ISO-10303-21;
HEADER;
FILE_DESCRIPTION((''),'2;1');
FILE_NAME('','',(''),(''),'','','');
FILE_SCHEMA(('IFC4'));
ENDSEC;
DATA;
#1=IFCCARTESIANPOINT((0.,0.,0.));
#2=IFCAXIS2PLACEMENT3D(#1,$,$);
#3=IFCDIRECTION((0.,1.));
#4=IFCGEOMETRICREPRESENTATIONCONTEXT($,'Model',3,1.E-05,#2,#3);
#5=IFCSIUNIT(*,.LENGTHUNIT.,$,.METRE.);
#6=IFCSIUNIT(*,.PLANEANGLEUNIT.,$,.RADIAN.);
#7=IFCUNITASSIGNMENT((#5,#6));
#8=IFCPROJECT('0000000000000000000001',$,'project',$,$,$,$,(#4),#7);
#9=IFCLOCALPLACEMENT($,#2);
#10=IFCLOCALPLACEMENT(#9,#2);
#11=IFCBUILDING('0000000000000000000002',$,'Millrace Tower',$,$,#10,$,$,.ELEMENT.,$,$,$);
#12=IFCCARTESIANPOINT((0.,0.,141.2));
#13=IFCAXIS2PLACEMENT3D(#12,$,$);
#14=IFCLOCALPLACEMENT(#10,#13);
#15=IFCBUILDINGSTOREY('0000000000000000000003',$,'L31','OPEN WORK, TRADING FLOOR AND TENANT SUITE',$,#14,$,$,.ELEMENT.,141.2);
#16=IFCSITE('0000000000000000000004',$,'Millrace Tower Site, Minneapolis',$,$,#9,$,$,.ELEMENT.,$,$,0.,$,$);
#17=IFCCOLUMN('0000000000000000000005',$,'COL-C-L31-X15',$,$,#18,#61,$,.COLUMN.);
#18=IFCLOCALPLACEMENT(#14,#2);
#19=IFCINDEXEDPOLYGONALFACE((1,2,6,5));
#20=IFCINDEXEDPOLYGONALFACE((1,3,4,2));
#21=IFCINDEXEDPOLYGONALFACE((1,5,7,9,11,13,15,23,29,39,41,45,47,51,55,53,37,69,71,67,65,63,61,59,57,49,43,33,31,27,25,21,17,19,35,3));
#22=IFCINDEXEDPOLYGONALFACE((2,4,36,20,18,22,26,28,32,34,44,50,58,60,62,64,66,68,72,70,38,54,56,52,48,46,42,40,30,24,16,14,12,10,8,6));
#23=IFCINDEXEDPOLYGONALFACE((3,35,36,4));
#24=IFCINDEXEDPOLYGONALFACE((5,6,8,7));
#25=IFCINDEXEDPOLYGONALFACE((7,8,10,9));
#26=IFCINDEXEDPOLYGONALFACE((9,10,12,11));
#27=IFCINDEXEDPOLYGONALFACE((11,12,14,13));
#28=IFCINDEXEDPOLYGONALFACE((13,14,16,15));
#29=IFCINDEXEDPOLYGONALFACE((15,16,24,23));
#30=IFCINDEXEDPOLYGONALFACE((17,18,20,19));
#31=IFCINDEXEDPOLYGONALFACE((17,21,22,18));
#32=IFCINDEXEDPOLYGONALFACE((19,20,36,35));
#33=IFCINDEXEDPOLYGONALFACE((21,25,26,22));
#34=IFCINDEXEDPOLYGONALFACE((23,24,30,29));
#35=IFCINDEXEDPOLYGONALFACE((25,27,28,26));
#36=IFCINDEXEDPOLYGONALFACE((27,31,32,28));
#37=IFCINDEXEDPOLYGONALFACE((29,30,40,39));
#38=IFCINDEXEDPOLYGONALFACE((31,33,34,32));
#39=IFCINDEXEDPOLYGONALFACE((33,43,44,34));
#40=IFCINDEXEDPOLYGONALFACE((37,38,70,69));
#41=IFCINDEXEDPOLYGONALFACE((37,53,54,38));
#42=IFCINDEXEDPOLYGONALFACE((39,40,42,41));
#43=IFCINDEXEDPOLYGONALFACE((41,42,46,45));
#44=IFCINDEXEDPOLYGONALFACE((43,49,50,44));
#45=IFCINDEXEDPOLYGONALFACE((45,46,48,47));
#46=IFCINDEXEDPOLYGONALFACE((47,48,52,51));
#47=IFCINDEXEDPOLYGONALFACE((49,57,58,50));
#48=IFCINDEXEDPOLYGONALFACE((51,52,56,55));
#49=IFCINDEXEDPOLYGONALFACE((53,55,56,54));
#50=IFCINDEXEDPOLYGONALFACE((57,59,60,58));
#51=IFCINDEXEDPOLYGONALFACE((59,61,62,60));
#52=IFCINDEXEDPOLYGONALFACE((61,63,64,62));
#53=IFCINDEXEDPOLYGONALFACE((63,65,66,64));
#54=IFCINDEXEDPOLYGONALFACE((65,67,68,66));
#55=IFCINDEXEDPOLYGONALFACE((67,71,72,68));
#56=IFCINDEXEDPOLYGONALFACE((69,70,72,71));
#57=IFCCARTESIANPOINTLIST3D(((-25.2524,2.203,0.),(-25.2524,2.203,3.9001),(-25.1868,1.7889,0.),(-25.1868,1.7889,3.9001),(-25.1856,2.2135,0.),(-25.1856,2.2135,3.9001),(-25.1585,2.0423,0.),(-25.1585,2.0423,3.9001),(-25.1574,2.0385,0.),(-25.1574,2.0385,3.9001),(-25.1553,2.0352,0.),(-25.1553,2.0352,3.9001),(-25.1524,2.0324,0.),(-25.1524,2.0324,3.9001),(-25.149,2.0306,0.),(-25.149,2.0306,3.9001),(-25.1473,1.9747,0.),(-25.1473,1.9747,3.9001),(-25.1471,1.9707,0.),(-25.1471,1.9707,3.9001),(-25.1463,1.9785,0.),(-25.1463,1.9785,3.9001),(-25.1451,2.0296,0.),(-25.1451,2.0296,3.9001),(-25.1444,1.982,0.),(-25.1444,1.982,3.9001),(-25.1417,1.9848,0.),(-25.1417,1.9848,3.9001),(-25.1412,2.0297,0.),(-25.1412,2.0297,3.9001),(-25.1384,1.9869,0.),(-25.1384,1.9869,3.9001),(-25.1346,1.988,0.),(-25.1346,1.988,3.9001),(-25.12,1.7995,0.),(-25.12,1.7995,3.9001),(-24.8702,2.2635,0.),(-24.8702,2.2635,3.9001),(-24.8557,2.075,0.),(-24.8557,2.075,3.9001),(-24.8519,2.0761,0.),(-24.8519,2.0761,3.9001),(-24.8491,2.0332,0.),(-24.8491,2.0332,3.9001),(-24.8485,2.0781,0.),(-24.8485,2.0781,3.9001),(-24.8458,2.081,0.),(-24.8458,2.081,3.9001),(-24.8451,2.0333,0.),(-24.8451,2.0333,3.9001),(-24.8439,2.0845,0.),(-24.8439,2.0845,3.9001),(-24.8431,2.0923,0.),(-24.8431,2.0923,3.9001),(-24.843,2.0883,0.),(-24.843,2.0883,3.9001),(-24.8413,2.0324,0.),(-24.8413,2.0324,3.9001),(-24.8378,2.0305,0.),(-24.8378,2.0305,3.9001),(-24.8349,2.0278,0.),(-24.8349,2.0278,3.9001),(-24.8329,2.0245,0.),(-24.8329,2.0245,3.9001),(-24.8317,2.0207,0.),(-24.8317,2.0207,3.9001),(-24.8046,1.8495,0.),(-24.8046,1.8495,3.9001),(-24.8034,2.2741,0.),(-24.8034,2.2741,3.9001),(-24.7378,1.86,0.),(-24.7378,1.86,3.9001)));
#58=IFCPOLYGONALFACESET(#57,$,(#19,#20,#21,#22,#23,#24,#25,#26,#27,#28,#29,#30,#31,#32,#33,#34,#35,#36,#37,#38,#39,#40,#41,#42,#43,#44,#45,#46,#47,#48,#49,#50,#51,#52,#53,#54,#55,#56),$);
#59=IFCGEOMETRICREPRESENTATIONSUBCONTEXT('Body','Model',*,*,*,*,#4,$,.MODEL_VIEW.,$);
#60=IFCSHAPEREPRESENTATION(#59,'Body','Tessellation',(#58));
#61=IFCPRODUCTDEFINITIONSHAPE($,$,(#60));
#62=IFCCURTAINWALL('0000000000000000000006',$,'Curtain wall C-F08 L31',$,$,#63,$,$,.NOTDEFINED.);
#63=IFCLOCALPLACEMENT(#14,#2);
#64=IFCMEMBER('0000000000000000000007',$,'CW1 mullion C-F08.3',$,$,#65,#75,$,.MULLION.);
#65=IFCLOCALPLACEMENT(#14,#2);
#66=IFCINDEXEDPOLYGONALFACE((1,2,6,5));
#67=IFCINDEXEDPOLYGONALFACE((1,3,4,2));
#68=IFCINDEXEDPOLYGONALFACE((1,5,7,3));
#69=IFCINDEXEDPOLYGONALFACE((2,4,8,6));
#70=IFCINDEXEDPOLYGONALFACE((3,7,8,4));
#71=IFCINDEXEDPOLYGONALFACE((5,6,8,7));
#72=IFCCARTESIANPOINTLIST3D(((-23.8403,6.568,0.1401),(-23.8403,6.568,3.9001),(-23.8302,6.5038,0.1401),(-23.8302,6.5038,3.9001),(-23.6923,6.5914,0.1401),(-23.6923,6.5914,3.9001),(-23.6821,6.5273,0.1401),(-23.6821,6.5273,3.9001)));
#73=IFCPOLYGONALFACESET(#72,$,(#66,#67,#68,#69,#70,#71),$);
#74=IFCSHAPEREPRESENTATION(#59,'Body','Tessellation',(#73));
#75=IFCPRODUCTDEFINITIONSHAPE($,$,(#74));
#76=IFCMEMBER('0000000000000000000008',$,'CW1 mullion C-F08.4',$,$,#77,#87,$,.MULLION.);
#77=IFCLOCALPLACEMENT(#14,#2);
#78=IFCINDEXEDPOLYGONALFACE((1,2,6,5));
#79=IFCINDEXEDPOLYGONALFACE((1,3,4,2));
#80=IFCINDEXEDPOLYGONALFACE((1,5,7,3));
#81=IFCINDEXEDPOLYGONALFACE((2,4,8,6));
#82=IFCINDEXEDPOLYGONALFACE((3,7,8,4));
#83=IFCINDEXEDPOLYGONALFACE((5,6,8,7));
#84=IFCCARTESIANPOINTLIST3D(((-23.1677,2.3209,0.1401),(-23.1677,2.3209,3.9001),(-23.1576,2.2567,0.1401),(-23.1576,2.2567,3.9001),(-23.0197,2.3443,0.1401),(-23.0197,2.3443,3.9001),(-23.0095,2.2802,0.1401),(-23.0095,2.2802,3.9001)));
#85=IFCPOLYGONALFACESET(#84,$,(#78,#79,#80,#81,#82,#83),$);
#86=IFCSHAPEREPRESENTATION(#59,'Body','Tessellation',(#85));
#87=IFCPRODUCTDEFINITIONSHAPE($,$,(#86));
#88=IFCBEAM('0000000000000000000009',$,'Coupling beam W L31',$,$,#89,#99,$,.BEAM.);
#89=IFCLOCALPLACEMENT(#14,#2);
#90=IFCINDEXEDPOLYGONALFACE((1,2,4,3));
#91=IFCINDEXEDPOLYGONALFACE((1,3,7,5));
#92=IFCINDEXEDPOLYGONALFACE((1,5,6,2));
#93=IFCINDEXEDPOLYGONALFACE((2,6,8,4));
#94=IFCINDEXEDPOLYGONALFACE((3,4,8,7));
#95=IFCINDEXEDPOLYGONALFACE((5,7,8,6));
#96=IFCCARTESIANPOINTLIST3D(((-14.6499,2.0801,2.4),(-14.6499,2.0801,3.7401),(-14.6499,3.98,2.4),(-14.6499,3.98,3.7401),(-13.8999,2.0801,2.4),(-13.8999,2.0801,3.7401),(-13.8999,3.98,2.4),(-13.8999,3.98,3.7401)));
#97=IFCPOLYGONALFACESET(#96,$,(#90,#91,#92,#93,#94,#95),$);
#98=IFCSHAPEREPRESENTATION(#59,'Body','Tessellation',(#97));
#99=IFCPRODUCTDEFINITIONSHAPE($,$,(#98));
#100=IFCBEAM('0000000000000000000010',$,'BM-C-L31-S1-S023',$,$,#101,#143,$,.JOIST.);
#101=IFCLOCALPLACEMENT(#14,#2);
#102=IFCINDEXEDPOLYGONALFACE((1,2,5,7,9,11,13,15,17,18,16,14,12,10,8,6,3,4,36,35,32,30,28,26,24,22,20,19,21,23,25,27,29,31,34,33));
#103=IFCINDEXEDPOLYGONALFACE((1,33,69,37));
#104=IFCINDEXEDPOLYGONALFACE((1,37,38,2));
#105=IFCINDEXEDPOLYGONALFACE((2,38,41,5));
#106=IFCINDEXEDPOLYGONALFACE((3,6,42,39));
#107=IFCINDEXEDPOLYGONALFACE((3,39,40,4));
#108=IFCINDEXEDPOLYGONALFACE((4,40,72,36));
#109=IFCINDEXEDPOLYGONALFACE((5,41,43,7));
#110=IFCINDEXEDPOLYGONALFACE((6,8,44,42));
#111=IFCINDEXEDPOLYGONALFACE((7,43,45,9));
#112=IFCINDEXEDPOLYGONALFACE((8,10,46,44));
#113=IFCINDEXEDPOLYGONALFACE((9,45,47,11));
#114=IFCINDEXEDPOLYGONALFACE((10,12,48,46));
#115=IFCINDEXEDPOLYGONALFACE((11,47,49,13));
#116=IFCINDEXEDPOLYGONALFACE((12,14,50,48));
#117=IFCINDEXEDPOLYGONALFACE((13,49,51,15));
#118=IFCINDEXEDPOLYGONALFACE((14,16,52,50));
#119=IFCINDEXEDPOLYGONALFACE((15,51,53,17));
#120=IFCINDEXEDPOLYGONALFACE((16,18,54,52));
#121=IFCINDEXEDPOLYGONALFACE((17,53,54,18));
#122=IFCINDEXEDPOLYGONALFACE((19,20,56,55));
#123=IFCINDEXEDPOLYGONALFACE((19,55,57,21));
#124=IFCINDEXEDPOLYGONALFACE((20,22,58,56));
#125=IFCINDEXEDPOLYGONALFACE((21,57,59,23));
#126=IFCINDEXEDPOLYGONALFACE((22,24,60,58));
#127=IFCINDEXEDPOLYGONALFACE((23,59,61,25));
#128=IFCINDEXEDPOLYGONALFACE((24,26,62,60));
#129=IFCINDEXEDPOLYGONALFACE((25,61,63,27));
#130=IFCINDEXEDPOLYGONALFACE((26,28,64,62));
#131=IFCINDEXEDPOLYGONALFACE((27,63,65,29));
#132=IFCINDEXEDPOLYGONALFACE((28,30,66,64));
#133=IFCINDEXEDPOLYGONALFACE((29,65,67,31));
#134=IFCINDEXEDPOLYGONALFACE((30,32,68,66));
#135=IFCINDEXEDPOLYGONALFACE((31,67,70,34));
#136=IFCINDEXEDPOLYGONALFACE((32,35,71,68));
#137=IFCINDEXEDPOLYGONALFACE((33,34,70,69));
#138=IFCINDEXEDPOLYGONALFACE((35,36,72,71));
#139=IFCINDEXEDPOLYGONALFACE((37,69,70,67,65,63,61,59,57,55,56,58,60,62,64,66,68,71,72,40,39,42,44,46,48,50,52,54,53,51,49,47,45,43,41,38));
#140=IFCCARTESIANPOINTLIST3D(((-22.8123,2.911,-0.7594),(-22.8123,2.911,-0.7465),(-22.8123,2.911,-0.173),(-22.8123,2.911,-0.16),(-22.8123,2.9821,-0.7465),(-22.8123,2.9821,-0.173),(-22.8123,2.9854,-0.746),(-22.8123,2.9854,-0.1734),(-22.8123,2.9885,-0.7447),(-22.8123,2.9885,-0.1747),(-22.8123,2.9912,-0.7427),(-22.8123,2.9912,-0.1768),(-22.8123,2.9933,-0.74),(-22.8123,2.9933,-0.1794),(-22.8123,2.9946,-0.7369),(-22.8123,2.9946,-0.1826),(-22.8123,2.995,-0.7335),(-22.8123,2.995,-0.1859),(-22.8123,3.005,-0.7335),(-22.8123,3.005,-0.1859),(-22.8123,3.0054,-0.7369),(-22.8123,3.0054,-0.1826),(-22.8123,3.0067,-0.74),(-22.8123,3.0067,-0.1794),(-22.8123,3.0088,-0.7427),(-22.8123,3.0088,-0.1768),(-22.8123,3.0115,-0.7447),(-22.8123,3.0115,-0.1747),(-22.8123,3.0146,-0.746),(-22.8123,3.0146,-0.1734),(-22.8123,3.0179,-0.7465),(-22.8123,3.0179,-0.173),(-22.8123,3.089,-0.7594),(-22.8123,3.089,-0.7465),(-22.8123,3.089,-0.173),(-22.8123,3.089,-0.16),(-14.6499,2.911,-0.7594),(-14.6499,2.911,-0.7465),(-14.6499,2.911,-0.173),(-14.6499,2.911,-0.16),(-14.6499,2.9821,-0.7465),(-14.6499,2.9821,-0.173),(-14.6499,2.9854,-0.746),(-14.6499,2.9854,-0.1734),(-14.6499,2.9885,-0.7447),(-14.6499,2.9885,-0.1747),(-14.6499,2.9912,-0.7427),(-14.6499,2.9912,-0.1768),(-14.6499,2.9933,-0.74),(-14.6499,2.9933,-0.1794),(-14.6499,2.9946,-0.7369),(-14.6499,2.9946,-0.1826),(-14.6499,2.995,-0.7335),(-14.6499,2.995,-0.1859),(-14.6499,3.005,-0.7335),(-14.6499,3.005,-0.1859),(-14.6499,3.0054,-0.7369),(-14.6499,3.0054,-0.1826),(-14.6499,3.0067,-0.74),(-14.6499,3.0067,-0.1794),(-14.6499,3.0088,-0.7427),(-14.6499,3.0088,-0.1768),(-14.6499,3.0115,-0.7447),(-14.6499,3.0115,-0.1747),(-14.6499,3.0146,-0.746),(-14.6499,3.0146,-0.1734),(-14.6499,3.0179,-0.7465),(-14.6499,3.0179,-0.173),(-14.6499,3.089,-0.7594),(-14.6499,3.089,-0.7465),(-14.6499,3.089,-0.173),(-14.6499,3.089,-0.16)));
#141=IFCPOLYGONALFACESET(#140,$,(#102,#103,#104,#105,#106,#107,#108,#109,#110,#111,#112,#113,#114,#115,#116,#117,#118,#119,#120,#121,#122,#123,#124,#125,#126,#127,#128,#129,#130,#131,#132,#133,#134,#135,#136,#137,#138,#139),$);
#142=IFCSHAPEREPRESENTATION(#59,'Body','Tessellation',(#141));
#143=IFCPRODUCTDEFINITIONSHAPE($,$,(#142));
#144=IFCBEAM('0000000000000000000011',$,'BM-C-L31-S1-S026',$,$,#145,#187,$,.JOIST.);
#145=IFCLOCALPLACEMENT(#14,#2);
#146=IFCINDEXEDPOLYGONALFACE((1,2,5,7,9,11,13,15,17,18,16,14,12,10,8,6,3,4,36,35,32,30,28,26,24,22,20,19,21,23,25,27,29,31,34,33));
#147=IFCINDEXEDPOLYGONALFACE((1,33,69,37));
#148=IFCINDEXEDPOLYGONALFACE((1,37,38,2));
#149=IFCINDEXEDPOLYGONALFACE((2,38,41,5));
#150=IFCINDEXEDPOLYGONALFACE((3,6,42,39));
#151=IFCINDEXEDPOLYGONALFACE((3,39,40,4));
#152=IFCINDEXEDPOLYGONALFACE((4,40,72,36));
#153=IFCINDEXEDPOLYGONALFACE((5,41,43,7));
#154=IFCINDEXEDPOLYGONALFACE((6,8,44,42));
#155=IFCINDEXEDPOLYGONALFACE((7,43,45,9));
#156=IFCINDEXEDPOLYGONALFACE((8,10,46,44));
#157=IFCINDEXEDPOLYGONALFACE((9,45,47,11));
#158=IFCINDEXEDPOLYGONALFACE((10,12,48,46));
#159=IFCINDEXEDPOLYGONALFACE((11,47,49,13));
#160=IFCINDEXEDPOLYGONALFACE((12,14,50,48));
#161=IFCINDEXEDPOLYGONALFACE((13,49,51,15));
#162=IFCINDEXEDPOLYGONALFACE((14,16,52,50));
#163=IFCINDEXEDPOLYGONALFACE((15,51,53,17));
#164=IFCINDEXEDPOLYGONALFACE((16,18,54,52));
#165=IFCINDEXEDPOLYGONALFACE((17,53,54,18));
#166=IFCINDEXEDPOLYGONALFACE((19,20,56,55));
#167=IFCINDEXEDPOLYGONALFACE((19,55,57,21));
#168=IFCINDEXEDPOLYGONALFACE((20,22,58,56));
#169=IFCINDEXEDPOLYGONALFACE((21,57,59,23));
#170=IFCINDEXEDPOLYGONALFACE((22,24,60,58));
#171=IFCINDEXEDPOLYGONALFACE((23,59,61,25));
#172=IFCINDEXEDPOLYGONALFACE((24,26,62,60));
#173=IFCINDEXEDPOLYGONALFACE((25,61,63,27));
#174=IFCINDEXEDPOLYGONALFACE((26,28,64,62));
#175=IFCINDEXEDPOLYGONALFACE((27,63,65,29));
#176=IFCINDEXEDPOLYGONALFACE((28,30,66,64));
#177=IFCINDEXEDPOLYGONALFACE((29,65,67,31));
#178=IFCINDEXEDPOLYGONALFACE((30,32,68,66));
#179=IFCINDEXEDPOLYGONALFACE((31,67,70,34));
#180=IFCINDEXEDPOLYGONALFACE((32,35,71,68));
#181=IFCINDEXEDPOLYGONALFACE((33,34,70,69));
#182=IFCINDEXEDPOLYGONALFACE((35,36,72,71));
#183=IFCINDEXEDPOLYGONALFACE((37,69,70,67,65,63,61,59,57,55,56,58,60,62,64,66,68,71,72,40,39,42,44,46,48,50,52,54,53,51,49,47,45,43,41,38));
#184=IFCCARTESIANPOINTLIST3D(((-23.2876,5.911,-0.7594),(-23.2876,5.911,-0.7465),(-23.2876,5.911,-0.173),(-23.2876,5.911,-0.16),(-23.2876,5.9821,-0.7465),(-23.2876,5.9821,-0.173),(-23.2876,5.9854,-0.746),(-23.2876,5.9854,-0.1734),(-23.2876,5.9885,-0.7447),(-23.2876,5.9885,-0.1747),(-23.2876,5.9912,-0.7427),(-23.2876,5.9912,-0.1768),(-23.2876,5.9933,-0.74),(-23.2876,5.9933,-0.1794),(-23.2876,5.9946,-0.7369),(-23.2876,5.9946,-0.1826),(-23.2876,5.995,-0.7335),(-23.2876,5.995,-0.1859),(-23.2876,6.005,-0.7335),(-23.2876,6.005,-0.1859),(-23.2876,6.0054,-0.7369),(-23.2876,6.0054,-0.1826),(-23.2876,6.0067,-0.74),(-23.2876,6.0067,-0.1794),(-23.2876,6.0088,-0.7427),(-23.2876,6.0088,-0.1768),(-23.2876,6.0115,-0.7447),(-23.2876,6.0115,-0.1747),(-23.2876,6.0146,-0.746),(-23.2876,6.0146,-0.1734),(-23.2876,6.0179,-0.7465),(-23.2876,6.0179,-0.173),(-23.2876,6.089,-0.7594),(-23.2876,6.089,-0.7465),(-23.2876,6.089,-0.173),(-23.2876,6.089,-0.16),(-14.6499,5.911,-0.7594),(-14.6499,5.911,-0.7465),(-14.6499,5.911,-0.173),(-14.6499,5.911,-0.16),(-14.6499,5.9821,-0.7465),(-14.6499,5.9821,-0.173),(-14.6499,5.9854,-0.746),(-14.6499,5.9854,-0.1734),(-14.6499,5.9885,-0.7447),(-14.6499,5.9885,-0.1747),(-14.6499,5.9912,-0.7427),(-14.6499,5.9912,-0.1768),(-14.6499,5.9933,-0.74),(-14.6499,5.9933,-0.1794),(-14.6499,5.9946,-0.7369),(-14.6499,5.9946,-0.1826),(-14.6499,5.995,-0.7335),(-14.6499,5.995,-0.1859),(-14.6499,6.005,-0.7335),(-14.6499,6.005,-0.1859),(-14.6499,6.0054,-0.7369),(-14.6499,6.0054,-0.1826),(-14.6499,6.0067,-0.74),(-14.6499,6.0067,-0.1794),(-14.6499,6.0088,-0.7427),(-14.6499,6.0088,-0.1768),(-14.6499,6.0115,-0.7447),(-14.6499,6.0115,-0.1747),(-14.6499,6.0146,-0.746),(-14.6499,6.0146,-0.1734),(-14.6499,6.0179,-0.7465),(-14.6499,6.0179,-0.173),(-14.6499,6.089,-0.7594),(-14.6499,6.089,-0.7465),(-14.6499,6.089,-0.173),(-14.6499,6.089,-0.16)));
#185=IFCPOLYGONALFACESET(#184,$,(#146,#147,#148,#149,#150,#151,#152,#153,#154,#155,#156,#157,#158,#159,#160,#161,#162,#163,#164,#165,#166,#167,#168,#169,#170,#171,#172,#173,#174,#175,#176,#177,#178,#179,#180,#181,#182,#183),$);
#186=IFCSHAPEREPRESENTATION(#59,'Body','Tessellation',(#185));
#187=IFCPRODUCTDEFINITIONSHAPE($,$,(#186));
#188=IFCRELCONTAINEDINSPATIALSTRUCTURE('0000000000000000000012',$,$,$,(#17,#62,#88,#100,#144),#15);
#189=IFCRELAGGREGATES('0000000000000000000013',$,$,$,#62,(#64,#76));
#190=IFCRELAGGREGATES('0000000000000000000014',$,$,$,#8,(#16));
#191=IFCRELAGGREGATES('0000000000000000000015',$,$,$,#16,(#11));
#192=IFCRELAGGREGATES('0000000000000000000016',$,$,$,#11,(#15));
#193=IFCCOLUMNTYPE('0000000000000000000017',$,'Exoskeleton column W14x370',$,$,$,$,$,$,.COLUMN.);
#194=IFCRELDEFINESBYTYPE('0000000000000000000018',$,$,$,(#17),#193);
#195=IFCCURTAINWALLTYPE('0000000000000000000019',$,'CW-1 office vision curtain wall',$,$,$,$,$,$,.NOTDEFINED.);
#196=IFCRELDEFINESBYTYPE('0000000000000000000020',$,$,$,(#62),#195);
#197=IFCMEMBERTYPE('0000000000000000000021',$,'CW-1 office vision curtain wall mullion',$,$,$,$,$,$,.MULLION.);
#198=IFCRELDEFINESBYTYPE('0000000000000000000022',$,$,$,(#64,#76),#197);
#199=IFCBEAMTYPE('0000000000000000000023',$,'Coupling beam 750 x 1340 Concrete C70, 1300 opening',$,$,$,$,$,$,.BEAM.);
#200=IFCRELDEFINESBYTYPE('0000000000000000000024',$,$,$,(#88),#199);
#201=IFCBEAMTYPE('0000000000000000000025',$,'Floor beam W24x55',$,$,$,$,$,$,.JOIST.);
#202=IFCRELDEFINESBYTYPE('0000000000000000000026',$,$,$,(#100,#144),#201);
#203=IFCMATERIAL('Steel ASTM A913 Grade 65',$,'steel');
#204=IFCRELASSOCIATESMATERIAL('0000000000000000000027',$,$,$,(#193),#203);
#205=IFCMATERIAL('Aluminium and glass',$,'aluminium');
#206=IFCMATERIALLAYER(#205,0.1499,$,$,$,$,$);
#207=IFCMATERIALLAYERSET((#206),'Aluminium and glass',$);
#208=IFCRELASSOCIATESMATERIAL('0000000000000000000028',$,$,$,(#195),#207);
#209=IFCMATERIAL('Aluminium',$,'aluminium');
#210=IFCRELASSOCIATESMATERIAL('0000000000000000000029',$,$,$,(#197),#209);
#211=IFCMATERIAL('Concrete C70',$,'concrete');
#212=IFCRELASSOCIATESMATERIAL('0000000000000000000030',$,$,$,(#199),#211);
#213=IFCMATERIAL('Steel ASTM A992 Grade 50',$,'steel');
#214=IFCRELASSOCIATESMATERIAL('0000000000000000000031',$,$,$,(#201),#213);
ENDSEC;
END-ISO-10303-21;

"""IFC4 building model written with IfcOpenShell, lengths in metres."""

from ifc_helpers import new_model, si_unit, direction, frame, origin, origin_2d, place, context, subcontext, project, spatial, rectangle, i_section, extrude, material, layer, layer_set, material_profile, profile_set, type_object, element, aggregate, save


model = new_model("IFC4")

# Units and contexts
model_context = context("Model", 3, precision=1e-05, world=origin(), true_north=direction((0.0, 1.0)))
body_context = subcontext(model_context, "Body", "Model", "MODEL_VIEW")
ifc_project = project(units=[si_unit("LENGTHUNIT", "METRE"), si_unit("PLANEANGLEUNIT", "RADIAN")], contexts=[model_context])

# Site, building, storey
site_placement = place(None, origin())
site = spatial("IfcSite", under=ifc_project, at=site_placement, Name="Millrace Tower Site, Minneapolis", CompositionType="ELEMENT", RefElevation=0.0)
building_placement = place(site_placement, origin())
building = spatial("IfcBuilding", under=site, at=building_placement, Name="Millrace Tower", CompositionType="ELEMENT")
storey_placement = place(building_placement, frame((0.0, 0.0, 141.2)))
storey = spatial("IfcBuildingStorey", under=building, at=storey_placement, Name="L31", Description="OPEN WORK, TRADING FLOOR AND TENANT SUITE", CompositionType="ELEMENT", Elevation=141.2)

# Column
ifc_material_1 = material(Name="Steel ASTM A913 Grade 65", Category="steel")
ifc_material_profile_1 = material_profile(ifc_material_1, i_section(OverallWidth=0.4192, OverallDepth=0.4546, WebThickness=0.0422, FlangeThickness=0.0676, FilletRadius=0.0151, at=origin_2d()))
ifc_profile_set_1 = profile_set([ifc_material_profile_1], Name="Steel ASTM A913 Grade 65")
column_type = type_object("IfcColumnType", Name="Exoskeleton column W14x370", PredefinedType="COLUMN", material=ifc_profile_set_1)
column_placement = place(storey_placement, frame((-24.9951, 2.0315, 0.0), z_axis=(0.0, 0.0, 1.0), x_axis=(0.156434, -0.987688, 0.0)))
element("IfcColumn", 1, at=column_placement, inside=storey, type_object=column_type, Name="COL-C-L31-X15", PredefinedType="COLUMN", context=body_context, shape_type="SweptSolid", body=[
    extrude(i_section(OverallWidth=0.4192, OverallDepth=0.4546, WebThickness=0.0422, FlangeThickness=0.0676, FilletRadius=0.0151, at=origin_2d()), origin(), (0.0, 0.0, 1.0), 3.9001),
])

# Curtain wall, members
ifc_material_2 = material(Name="Aluminium and glass", Category="aluminium")
ifc_layer_1 = layer(ifc_material_2, 0.1499)
ifc_layer_set_1 = layer_set([ifc_layer_1], Name="Aluminium and glass")
curtain_wall_type = type_object("IfcCurtainWallType", Name="CW-1 office vision curtain wall", PredefinedType="NOTDEFINED", material=ifc_layer_set_1)
placement = place(storey_placement, origin())
curtain_wall = element("IfcCurtainWall", 2, at=placement, inside=storey, type_object=curtain_wall_type, Name="Curtain wall C-F08 L31", PredefinedType="NOTDEFINED")
ifc_material_3 = material(Name="Aluminium", Category="aluminium")
ifc_material_profile_2 = material_profile(ifc_material_3, rectangle(XDim=0.0649, YDim=0.1499, at=origin_2d()))
ifc_profile_set_2 = profile_set([ifc_material_profile_2], Name="Aluminium")
member_type = type_object("IfcMemberType", Name="CW-1 office vision curtain wall mullion", PredefinedType="MULLION", material=ifc_profile_set_2)
member_1_placement = place(storey_placement, frame((-23.7612, 6.5476, 0.1401), z_axis=(0.0, 0.0, 1.0), x_axis=(0.156434, -0.987688, 0.0)))
member_1 = element("IfcMember", 3, at=member_1_placement, type_object=member_type, Name="CW1 mullion C-F08.3", PredefinedType="MULLION", context=body_context, shape_type="SweptSolid", body=[
    extrude(rectangle(XDim=0.0649, YDim=0.1499, at=origin_2d()), origin(), (0.0, 0.0, 1.0), 3.76),
])
member_2_placement = place(storey_placement, frame((-23.0886, 2.3005, 0.1401), z_axis=(0.0, 0.0, 1.0), x_axis=(0.156434, -0.987688, 0.0)))
member_2 = element("IfcMember", 4, at=member_2_placement, type_object=member_type, Name="CW1 mullion C-F08.4", PredefinedType="MULLION", context=body_context, shape_type="SweptSolid", body=[
    extrude(rectangle(XDim=0.0649, YDim=0.1499, at=origin_2d()), origin(), (0.0, 0.0, 1.0), 3.76),
])
aggregate(curtain_wall, [member_1, member_2])

# Beams
ifc_material_4 = material(Name="Concrete C70", Category="concrete")
ifc_material_profile_3 = material_profile(ifc_material_4, rectangle(XDim=0.75, YDim=1.3401, at=origin_2d()))
ifc_profile_set_3 = profile_set([ifc_material_profile_3], Name="Concrete C70")
beam_type_1 = type_object("IfcBeamType", Name="Coupling beam 750 x 1340 Concrete C70, 1300 opening", PredefinedType="BEAM", material=ifc_profile_set_3)
beam_1_placement = place(storey_placement, frame((-14.2749, 2.0801, 3.0701), z_axis=(0.0, 1.0, 0.0), x_axis=(-1.0, 0.0, 0.0)))
element("IfcBeam", 5, at=beam_1_placement, inside=storey, type_object=beam_type_1, Name="Coupling beam W L31", PredefinedType="BEAM", context=body_context, shape_type="SweptSolid", body=[
    extrude(rectangle(XDim=0.75, YDim=1.3401, at=origin_2d()), origin(), (0.0, 0.0, 1.0), 1.8999),
])
ifc_material_5 = material(Name="Steel ASTM A992 Grade 50", Category="steel")
ifc_material_profile_4 = material_profile(ifc_material_5, i_section(OverallWidth=0.178, OverallDepth=0.5994, WebThickness=0.01, FlangeThickness=0.0129, FilletRadius=0.0129, at=origin_2d()))
ifc_profile_set_4 = profile_set([ifc_material_profile_4], Name="Steel ASTM A992 Grade 50")
beam_type_2 = type_object("IfcBeamType", Name="Floor beam W24x55", PredefinedType="JOIST", material=ifc_profile_set_4)
beam_2_placement = place(storey_placement, frame((-22.8123, 3.0, -0.4597), z_axis=(1.0, 0.0, 0.0), x_axis=(0.0, 1.0, 0.0)))
element("IfcBeam", 6, at=beam_2_placement, inside=storey, type_object=beam_type_2, Name="BM-C-L31-S1-S023", PredefinedType="JOIST", context=body_context, shape_type="SweptSolid", body=[
    extrude(i_section(OverallWidth=0.178, OverallDepth=0.5994, WebThickness=0.01, FlangeThickness=0.0129, FilletRadius=0.0129, at=origin_2d()), origin(), (0.0, 0.0, 1.0), 8.1624),
])
beam_3_placement = place(storey_placement, frame((-23.2876, 6.0, -0.4597), z_axis=(1.0, 0.0, 0.0), x_axis=(0.0, 1.0, 0.0)))
element("IfcBeam", 7, at=beam_3_placement, inside=storey, type_object=beam_type_2, Name="BM-C-L31-S1-S026", PredefinedType="JOIST", context=body_context, shape_type="SweptSolid", body=[
    extrude(i_section(OverallWidth=0.178, OverallDepth=0.5994, WebThickness=0.01, FlangeThickness=0.0129, FilletRadius=0.0129, at=origin_2d()), origin(), (0.0, 0.0, 1.0), 8.6377),
])

save(model, "model.ifc")
